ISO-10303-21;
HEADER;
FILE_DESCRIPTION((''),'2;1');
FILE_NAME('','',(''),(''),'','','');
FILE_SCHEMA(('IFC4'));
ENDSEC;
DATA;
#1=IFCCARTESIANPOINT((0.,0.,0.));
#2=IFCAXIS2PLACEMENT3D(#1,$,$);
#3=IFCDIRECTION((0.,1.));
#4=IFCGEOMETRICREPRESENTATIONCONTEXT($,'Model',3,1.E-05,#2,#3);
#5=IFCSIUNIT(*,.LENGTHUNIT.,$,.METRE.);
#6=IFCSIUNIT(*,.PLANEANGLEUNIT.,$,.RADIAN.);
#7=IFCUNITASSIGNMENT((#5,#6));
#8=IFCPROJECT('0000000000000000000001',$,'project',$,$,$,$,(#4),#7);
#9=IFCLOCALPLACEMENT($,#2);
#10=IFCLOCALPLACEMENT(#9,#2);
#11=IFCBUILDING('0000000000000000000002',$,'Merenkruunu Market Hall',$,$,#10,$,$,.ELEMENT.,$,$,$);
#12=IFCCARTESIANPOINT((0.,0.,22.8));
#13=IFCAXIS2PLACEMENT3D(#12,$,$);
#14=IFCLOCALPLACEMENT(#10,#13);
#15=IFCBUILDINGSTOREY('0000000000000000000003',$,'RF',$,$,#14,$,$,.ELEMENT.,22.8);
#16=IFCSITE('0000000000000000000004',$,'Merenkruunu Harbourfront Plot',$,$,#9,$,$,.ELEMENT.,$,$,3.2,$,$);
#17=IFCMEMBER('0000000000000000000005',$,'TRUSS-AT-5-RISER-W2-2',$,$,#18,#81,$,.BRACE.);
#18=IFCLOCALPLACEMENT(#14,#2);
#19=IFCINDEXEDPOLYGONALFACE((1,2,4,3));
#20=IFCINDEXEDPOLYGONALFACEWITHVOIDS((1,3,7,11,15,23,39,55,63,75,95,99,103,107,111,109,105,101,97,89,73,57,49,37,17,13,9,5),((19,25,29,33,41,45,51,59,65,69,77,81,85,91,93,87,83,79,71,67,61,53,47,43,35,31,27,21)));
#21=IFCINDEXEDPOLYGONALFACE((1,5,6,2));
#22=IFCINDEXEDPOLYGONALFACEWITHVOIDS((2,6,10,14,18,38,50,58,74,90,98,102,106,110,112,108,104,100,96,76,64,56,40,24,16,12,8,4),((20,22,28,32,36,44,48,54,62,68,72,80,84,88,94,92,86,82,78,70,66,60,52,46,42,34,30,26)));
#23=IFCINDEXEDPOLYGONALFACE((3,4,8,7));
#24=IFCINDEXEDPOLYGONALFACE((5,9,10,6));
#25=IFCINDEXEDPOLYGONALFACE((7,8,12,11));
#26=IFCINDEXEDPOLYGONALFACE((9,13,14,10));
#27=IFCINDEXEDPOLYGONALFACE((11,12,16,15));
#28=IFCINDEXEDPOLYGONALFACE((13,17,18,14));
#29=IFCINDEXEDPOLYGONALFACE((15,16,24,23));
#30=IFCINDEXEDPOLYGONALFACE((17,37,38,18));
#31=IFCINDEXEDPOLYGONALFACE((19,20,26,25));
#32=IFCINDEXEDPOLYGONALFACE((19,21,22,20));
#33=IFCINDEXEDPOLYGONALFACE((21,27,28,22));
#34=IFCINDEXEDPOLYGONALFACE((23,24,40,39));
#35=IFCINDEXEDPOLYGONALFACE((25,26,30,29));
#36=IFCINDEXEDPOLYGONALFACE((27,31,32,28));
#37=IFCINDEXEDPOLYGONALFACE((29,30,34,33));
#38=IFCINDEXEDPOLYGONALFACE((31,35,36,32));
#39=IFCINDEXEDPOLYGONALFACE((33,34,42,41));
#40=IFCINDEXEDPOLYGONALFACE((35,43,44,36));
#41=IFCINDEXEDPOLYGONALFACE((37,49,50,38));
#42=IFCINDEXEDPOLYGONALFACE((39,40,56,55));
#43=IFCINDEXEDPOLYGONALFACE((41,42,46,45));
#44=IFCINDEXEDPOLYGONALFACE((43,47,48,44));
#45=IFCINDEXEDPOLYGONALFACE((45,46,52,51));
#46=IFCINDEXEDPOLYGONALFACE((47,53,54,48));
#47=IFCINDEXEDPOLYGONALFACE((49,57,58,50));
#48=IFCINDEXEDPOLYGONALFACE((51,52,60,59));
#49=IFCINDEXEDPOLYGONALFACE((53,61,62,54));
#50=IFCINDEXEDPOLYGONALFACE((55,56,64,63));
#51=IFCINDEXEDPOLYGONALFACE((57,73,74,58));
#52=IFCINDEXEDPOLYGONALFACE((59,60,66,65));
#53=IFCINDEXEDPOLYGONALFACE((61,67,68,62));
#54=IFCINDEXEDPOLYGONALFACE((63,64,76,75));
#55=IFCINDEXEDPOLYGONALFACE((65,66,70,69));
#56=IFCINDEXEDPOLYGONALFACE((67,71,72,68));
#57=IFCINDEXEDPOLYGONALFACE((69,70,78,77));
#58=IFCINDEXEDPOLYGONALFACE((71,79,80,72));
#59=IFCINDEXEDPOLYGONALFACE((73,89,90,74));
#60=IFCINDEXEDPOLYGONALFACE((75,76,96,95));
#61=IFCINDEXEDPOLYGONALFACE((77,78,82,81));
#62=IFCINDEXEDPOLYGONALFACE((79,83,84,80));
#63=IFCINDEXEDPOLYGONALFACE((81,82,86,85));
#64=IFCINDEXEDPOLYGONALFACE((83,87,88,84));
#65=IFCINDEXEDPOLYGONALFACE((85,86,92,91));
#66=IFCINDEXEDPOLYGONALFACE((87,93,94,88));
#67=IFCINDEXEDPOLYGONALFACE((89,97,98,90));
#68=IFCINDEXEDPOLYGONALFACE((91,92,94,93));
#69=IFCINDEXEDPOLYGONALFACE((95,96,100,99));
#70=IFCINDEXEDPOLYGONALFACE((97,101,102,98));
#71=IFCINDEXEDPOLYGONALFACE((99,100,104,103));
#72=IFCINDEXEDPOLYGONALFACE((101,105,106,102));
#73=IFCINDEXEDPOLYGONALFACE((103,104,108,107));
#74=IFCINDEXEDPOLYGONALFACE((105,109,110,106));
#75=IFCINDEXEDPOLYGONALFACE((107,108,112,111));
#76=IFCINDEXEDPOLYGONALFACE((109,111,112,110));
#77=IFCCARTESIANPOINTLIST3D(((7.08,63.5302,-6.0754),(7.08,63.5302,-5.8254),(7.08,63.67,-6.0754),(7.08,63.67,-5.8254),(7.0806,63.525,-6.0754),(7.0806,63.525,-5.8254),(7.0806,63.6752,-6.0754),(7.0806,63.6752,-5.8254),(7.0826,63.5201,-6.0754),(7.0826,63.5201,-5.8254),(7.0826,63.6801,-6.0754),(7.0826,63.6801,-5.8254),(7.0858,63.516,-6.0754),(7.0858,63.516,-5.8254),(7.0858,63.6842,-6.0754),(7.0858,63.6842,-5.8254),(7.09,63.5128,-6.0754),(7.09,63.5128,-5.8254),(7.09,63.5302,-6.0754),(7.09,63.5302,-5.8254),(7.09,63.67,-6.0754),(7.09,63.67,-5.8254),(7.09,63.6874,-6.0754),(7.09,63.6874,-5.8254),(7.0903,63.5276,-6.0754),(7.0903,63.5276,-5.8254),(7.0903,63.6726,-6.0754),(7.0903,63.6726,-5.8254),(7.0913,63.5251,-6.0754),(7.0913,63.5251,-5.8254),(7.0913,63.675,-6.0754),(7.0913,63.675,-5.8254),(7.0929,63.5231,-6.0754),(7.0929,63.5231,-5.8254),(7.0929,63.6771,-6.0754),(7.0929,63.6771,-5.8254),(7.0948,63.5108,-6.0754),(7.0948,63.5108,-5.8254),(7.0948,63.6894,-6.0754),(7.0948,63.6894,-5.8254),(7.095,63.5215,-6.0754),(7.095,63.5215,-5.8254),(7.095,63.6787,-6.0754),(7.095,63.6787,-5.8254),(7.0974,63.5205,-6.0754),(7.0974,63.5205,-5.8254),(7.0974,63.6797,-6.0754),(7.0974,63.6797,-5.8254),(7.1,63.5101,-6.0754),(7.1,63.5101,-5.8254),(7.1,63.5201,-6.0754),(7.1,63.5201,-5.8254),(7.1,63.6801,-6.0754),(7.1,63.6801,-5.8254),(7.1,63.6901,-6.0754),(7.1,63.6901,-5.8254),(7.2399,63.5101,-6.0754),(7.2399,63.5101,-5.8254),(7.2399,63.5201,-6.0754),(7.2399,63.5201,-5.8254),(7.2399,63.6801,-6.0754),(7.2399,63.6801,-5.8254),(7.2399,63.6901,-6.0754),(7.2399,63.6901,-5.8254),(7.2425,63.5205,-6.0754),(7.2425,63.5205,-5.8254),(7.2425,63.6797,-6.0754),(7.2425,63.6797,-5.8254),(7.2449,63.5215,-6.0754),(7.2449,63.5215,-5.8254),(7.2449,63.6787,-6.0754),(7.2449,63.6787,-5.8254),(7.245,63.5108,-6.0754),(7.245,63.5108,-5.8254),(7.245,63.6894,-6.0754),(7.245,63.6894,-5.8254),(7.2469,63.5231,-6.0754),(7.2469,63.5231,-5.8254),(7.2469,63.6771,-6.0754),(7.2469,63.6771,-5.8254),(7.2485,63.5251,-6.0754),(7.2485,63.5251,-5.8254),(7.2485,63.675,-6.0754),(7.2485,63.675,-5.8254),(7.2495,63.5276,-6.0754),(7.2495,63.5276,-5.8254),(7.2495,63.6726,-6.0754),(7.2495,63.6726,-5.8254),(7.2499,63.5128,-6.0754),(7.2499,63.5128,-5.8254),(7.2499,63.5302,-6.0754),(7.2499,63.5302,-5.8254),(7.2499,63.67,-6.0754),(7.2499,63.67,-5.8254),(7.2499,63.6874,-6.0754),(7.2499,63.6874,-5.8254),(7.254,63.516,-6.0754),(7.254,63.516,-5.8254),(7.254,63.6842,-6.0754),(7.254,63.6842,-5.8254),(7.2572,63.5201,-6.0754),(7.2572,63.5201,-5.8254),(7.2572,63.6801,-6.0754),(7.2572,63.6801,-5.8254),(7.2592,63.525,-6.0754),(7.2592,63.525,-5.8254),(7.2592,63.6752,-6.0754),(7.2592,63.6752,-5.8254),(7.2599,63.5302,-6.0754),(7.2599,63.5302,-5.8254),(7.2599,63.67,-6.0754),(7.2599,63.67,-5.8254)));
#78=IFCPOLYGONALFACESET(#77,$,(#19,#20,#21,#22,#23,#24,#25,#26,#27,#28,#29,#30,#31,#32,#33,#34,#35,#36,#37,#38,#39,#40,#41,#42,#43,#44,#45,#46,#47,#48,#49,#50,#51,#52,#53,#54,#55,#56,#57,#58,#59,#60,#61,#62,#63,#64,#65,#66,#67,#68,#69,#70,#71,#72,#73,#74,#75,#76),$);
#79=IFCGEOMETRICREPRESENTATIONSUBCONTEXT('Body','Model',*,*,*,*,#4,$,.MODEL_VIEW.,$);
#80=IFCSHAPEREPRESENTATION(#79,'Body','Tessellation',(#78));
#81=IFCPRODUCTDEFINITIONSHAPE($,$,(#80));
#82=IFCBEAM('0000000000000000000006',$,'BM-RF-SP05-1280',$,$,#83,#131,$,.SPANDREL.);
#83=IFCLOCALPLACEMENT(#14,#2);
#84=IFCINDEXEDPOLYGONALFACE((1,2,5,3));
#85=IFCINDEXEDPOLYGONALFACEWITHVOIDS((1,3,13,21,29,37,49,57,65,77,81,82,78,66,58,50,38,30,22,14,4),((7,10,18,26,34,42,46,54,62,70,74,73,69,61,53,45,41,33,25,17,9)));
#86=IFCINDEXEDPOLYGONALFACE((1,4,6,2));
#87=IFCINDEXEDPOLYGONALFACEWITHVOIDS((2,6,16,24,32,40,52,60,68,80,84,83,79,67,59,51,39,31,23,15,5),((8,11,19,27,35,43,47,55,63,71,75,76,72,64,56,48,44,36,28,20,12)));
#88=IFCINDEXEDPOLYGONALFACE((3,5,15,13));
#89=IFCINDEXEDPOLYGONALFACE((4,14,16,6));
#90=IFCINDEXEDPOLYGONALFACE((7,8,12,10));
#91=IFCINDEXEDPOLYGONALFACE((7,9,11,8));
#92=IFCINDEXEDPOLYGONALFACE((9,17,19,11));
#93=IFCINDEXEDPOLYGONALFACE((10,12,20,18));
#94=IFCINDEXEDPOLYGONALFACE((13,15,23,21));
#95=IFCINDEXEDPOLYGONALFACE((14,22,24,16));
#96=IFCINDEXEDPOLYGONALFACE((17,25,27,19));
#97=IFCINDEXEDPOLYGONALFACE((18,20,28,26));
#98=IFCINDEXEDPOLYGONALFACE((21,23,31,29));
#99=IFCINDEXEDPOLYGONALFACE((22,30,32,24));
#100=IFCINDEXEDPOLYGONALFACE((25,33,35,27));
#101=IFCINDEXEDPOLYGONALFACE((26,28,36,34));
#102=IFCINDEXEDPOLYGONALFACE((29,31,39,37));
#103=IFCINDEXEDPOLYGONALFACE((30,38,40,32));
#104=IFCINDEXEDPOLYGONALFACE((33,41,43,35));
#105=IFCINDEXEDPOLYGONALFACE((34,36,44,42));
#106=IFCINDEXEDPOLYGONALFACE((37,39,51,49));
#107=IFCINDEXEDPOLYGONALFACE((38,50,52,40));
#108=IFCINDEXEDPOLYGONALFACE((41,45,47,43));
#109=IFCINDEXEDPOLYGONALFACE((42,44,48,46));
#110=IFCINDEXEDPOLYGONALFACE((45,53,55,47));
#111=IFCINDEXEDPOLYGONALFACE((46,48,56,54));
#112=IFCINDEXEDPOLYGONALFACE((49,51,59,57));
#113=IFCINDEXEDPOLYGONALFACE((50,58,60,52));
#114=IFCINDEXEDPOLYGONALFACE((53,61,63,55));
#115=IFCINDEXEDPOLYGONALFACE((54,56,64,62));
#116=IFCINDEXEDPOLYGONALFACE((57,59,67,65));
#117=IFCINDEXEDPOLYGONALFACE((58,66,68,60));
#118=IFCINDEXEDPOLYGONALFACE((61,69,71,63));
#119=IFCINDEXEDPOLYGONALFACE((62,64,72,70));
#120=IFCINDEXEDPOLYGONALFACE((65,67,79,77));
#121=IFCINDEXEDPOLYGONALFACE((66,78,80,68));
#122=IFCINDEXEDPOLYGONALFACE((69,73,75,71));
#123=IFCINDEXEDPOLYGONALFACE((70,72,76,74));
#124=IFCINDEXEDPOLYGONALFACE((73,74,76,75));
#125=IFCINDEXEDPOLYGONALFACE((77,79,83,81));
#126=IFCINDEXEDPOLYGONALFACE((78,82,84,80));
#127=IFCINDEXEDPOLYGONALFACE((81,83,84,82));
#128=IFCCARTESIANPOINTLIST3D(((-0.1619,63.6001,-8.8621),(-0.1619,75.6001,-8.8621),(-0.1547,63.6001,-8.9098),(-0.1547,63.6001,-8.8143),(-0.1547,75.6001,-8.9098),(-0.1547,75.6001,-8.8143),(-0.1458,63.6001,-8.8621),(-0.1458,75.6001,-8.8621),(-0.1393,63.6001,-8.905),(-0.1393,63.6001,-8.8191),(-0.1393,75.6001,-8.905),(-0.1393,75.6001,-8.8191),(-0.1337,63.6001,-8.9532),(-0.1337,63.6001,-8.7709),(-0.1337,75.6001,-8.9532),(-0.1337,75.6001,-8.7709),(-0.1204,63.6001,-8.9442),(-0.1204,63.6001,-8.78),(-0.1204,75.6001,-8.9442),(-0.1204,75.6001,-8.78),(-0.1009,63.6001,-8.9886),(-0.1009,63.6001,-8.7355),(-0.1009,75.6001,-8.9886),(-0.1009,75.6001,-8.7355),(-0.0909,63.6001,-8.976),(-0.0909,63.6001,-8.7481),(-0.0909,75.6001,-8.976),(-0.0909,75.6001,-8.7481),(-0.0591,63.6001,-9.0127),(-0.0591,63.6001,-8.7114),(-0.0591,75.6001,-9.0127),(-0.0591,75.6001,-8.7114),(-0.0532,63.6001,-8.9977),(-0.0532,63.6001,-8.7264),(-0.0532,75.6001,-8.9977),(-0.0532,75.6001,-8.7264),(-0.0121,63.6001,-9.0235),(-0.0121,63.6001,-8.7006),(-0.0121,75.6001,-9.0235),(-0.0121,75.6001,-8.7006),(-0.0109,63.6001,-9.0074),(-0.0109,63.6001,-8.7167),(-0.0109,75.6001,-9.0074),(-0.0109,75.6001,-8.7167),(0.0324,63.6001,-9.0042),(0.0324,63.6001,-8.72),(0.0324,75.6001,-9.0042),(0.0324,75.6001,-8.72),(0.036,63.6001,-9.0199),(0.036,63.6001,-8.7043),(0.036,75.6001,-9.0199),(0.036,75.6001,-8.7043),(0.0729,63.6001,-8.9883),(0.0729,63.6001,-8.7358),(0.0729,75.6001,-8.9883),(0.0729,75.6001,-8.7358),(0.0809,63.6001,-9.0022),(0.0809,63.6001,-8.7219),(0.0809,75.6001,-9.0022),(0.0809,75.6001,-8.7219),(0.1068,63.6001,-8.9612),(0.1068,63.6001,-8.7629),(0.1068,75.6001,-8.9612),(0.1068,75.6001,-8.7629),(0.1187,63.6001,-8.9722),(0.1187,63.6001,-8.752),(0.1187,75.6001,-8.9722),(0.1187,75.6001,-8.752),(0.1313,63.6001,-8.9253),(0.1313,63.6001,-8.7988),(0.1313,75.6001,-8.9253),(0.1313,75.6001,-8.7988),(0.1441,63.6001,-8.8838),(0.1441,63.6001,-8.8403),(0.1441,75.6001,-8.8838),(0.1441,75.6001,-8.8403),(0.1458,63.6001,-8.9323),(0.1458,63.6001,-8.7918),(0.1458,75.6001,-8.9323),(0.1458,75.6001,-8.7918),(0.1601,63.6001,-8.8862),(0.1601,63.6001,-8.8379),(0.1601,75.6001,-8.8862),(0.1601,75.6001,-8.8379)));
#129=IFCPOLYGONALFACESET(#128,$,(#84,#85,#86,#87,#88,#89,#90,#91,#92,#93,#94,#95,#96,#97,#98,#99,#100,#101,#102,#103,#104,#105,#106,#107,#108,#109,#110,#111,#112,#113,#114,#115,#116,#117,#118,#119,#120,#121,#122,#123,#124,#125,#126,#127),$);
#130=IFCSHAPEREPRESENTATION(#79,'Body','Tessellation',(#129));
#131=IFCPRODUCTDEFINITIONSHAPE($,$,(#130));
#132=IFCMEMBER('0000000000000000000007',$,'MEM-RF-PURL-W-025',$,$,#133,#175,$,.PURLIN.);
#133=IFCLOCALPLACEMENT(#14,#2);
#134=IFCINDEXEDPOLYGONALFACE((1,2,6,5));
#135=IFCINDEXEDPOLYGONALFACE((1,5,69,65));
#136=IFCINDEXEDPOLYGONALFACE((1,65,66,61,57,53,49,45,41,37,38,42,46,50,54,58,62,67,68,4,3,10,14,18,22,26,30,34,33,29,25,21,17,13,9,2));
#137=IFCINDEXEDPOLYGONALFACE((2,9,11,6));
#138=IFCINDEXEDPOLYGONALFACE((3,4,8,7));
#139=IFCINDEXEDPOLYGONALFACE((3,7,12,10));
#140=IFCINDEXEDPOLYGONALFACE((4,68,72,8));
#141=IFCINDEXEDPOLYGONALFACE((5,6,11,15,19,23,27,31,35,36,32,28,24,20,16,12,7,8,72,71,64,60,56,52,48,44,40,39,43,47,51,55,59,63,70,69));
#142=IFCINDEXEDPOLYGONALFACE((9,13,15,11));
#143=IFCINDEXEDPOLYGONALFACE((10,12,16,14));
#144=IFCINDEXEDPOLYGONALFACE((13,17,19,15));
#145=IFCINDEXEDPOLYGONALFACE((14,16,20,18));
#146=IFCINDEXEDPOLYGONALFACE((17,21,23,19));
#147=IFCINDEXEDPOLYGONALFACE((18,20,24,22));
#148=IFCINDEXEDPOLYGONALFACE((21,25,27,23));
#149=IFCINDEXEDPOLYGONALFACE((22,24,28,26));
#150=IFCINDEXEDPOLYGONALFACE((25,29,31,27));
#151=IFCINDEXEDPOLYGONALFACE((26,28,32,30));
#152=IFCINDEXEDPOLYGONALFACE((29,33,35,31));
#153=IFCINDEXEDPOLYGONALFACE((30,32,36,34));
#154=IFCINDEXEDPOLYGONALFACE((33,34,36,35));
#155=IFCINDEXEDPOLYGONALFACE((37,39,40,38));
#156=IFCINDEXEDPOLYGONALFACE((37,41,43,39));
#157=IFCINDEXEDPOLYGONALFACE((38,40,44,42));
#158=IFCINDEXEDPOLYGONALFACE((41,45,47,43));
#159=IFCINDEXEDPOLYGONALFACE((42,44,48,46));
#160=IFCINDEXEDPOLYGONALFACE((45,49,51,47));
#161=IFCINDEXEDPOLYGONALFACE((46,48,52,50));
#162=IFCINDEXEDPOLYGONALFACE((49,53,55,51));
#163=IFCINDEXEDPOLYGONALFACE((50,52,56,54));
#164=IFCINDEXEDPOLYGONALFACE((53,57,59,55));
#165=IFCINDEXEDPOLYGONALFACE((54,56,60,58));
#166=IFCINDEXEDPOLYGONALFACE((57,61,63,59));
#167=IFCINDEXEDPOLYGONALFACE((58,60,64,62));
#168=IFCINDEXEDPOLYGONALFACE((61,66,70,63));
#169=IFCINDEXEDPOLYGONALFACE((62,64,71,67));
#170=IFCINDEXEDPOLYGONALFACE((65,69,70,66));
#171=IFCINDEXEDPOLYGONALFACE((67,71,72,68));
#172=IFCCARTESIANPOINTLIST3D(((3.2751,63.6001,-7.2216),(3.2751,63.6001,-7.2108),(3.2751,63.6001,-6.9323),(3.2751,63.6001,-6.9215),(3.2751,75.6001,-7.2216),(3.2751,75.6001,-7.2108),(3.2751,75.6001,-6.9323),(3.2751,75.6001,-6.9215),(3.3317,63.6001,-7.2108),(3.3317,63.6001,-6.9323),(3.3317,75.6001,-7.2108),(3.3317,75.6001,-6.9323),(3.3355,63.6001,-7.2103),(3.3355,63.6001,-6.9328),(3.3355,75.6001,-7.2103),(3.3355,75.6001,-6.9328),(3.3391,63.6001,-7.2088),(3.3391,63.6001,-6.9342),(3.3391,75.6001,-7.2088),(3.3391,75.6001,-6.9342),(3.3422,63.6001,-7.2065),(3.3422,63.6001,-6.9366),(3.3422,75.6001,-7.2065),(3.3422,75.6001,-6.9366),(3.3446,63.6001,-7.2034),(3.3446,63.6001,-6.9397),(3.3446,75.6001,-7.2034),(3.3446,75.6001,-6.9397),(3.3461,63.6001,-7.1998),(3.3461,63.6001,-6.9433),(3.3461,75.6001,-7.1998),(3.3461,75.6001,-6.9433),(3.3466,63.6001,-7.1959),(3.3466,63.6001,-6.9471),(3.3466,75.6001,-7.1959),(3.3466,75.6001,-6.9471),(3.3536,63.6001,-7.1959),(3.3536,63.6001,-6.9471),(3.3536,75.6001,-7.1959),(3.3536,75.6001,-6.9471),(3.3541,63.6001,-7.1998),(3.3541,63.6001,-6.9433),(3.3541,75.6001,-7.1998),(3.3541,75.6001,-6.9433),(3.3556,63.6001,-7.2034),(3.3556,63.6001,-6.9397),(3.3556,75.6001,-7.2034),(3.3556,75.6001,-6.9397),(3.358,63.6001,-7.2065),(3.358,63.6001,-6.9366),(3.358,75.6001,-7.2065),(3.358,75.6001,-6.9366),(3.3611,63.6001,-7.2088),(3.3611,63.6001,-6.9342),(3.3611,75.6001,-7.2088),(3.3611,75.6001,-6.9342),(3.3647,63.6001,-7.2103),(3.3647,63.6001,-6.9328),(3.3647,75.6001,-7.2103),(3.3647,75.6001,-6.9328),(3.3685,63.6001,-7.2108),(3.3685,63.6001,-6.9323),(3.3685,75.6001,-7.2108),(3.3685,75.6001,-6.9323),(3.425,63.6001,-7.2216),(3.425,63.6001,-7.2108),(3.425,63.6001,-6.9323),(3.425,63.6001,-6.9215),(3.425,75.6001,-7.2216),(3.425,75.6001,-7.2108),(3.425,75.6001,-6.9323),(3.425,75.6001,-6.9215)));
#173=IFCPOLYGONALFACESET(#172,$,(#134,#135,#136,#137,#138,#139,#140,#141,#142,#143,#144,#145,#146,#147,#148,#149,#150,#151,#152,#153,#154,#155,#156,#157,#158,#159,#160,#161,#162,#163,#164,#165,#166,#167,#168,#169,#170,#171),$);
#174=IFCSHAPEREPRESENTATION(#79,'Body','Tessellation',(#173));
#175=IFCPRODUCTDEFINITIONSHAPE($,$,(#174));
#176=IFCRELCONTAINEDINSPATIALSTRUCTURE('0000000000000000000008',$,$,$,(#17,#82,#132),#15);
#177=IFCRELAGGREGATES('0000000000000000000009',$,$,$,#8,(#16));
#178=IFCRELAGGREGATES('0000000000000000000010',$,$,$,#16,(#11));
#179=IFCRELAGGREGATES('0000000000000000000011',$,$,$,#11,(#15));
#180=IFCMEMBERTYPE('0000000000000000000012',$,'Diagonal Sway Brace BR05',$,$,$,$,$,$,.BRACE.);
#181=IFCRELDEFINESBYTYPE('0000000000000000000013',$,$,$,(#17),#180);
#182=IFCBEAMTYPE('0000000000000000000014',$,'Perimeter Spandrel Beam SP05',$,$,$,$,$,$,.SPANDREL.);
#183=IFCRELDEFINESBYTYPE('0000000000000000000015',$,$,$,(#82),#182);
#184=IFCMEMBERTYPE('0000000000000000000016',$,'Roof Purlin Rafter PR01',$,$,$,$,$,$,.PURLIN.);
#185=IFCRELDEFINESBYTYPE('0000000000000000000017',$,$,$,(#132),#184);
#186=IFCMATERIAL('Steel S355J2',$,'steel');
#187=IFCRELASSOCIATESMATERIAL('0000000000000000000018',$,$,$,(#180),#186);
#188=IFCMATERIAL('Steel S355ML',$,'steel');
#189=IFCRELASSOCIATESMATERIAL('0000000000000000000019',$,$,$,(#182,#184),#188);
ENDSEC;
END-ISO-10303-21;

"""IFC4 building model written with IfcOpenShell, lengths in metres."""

from ifc_helpers import new_model, si_unit, direction, frame, origin, origin_2d, place, context, subcontext, project, spatial, hollow_rectangle, hollow_circle, i_section, extrude, material, material_profile, profile_set, type_object, element, save


model = new_model("IFC4")

# Units and contexts
model_context = context("Model", 3, precision=1e-05, world=origin(), true_north=direction((0.0, 1.0)))
body_context = subcontext(model_context, "Body", "Model", "MODEL_VIEW")
ifc_project = project(units=[si_unit("LENGTHUNIT", "METRE"), si_unit("PLANEANGLEUNIT", "RADIAN")], contexts=[model_context])

# Site, building, storey
site_placement = place(None, origin())
site = spatial("IfcSite", under=ifc_project, at=site_placement, Name="Merenkruunu Harbourfront Plot", CompositionType="ELEMENT", RefElevation=3.2)
building_placement = place(site_placement, origin())
building = spatial("IfcBuilding", under=site, at=building_placement, Name="Merenkruunu Market Hall", CompositionType="ELEMENT")
storey_placement = place(building_placement, frame((0.0, 0.0, 22.8)))
storey = spatial("IfcBuildingStorey", under=building, at=storey_placement, Name="RF", CompositionType="ELEMENT", Elevation=22.8)

# Member
ifc_material_1 = material(Name="Steel S355ML", Category="steel")
ifc_material_2 = material(Name="Steel S355J2", Category="steel")
ifc_material_profile_1 = material_profile(ifc_material_2, hollow_rectangle(XDim=0.1799, YDim=0.1799, WallThickness=0.01, InnerFilletRadius=0.01, OuterFilletRadius=0.02, at=origin_2d()), Name="SHS 180x180x10")
ifc_profile_set_1 = profile_set([ifc_material_profile_1], Name="Steel S355J2")
member_type_1 = type_object("IfcMemberType", Name="Diagonal Sway Brace BR05", PredefinedType="BRACE", material=ifc_profile_set_1)
member_1_placement = place(storey_placement, frame((7.1699, 63.6001, -6.0754), z_axis=(0.0, 0.0, 1.0), x_axis=(1.0, 0.0, 0.0)))
element("IfcMember", 1, at=member_1_placement, inside=storey, type_object=member_type_1, Name="TRUSS-AT-5-RISER-W2-2", PredefinedType="BRACE", context=body_context, shape_type="SweptSolid", body=[
    extrude(hollow_rectangle(XDim=0.1799, YDim=0.1799, WallThickness=0.01, InnerFilletRadius=0.01, OuterFilletRadius=0.02, at=origin_2d()), origin(), (0.0, 0.0, 1.0), 0.25),
])

# Beam
ifc_material_profile_2 = material_profile(ifc_material_1, hollow_circle(Radius=0.1619, WallThickness=0.0161, at=origin_2d()), Name="CHS 323.9x16")
ifc_profile_set_2 = profile_set([ifc_material_profile_2], Name="Steel S355ML")
beam_type = type_object("IfcBeamType", Name="Perimeter Spandrel Beam SP05", PredefinedType="SPANDREL", material=ifc_profile_set_2)
beam_placement = place(storey_placement, frame((0.0, 63.6001, -8.8621), z_axis=(0.0, 1.0, 0.0), x_axis=(-1.0, 0.0, 0.0)))
element("IfcBeam", 2, at=beam_placement, inside=storey, type_object=beam_type, Name="BM-RF-SP05-1280", PredefinedType="SPANDREL", context=body_context, shape_type="SweptSolid", body=[
    extrude(hollow_circle(Radius=0.1619, WallThickness=0.0161, at=origin_2d()), origin(), (0.0, 0.0, 1.0), 12.0),
])

# Member
ifc_material_profile_3 = material_profile(ifc_material_1, i_section(OverallWidth=0.1499, OverallDepth=0.3, WebThickness=0.0071, FlangeThickness=0.0107, FilletRadius=0.0149, at=origin_2d()), Name="IPE 300")
ifc_profile_set_3 = profile_set([ifc_material_profile_3], Name="Steel S355ML")
member_type_2 = type_object("IfcMemberType", Name="Roof Purlin Rafter PR01", PredefinedType="PURLIN", material=ifc_profile_set_3)
member_2_placement = place(storey_placement, frame((3.3501, 63.6001, -7.0715), z_axis=(0.0, 1.0, 0.0), x_axis=(-1.0, 0.0, 0.0)))
element("IfcMember", 3, at=member_2_placement, inside=storey, type_object=member_type_2, Name="MEM-RF-PURL-W-025", PredefinedType="PURLIN", context=body_context, shape_type="SweptSolid", body=[
    extrude(i_section(OverallWidth=0.1499, OverallDepth=0.3, WebThickness=0.0071, FlangeThickness=0.0107, FilletRadius=0.0149, at=origin_2d()), origin(), (0.0, 0.0, 1.0), 12.0),
])

save(model, "model.ifc")
